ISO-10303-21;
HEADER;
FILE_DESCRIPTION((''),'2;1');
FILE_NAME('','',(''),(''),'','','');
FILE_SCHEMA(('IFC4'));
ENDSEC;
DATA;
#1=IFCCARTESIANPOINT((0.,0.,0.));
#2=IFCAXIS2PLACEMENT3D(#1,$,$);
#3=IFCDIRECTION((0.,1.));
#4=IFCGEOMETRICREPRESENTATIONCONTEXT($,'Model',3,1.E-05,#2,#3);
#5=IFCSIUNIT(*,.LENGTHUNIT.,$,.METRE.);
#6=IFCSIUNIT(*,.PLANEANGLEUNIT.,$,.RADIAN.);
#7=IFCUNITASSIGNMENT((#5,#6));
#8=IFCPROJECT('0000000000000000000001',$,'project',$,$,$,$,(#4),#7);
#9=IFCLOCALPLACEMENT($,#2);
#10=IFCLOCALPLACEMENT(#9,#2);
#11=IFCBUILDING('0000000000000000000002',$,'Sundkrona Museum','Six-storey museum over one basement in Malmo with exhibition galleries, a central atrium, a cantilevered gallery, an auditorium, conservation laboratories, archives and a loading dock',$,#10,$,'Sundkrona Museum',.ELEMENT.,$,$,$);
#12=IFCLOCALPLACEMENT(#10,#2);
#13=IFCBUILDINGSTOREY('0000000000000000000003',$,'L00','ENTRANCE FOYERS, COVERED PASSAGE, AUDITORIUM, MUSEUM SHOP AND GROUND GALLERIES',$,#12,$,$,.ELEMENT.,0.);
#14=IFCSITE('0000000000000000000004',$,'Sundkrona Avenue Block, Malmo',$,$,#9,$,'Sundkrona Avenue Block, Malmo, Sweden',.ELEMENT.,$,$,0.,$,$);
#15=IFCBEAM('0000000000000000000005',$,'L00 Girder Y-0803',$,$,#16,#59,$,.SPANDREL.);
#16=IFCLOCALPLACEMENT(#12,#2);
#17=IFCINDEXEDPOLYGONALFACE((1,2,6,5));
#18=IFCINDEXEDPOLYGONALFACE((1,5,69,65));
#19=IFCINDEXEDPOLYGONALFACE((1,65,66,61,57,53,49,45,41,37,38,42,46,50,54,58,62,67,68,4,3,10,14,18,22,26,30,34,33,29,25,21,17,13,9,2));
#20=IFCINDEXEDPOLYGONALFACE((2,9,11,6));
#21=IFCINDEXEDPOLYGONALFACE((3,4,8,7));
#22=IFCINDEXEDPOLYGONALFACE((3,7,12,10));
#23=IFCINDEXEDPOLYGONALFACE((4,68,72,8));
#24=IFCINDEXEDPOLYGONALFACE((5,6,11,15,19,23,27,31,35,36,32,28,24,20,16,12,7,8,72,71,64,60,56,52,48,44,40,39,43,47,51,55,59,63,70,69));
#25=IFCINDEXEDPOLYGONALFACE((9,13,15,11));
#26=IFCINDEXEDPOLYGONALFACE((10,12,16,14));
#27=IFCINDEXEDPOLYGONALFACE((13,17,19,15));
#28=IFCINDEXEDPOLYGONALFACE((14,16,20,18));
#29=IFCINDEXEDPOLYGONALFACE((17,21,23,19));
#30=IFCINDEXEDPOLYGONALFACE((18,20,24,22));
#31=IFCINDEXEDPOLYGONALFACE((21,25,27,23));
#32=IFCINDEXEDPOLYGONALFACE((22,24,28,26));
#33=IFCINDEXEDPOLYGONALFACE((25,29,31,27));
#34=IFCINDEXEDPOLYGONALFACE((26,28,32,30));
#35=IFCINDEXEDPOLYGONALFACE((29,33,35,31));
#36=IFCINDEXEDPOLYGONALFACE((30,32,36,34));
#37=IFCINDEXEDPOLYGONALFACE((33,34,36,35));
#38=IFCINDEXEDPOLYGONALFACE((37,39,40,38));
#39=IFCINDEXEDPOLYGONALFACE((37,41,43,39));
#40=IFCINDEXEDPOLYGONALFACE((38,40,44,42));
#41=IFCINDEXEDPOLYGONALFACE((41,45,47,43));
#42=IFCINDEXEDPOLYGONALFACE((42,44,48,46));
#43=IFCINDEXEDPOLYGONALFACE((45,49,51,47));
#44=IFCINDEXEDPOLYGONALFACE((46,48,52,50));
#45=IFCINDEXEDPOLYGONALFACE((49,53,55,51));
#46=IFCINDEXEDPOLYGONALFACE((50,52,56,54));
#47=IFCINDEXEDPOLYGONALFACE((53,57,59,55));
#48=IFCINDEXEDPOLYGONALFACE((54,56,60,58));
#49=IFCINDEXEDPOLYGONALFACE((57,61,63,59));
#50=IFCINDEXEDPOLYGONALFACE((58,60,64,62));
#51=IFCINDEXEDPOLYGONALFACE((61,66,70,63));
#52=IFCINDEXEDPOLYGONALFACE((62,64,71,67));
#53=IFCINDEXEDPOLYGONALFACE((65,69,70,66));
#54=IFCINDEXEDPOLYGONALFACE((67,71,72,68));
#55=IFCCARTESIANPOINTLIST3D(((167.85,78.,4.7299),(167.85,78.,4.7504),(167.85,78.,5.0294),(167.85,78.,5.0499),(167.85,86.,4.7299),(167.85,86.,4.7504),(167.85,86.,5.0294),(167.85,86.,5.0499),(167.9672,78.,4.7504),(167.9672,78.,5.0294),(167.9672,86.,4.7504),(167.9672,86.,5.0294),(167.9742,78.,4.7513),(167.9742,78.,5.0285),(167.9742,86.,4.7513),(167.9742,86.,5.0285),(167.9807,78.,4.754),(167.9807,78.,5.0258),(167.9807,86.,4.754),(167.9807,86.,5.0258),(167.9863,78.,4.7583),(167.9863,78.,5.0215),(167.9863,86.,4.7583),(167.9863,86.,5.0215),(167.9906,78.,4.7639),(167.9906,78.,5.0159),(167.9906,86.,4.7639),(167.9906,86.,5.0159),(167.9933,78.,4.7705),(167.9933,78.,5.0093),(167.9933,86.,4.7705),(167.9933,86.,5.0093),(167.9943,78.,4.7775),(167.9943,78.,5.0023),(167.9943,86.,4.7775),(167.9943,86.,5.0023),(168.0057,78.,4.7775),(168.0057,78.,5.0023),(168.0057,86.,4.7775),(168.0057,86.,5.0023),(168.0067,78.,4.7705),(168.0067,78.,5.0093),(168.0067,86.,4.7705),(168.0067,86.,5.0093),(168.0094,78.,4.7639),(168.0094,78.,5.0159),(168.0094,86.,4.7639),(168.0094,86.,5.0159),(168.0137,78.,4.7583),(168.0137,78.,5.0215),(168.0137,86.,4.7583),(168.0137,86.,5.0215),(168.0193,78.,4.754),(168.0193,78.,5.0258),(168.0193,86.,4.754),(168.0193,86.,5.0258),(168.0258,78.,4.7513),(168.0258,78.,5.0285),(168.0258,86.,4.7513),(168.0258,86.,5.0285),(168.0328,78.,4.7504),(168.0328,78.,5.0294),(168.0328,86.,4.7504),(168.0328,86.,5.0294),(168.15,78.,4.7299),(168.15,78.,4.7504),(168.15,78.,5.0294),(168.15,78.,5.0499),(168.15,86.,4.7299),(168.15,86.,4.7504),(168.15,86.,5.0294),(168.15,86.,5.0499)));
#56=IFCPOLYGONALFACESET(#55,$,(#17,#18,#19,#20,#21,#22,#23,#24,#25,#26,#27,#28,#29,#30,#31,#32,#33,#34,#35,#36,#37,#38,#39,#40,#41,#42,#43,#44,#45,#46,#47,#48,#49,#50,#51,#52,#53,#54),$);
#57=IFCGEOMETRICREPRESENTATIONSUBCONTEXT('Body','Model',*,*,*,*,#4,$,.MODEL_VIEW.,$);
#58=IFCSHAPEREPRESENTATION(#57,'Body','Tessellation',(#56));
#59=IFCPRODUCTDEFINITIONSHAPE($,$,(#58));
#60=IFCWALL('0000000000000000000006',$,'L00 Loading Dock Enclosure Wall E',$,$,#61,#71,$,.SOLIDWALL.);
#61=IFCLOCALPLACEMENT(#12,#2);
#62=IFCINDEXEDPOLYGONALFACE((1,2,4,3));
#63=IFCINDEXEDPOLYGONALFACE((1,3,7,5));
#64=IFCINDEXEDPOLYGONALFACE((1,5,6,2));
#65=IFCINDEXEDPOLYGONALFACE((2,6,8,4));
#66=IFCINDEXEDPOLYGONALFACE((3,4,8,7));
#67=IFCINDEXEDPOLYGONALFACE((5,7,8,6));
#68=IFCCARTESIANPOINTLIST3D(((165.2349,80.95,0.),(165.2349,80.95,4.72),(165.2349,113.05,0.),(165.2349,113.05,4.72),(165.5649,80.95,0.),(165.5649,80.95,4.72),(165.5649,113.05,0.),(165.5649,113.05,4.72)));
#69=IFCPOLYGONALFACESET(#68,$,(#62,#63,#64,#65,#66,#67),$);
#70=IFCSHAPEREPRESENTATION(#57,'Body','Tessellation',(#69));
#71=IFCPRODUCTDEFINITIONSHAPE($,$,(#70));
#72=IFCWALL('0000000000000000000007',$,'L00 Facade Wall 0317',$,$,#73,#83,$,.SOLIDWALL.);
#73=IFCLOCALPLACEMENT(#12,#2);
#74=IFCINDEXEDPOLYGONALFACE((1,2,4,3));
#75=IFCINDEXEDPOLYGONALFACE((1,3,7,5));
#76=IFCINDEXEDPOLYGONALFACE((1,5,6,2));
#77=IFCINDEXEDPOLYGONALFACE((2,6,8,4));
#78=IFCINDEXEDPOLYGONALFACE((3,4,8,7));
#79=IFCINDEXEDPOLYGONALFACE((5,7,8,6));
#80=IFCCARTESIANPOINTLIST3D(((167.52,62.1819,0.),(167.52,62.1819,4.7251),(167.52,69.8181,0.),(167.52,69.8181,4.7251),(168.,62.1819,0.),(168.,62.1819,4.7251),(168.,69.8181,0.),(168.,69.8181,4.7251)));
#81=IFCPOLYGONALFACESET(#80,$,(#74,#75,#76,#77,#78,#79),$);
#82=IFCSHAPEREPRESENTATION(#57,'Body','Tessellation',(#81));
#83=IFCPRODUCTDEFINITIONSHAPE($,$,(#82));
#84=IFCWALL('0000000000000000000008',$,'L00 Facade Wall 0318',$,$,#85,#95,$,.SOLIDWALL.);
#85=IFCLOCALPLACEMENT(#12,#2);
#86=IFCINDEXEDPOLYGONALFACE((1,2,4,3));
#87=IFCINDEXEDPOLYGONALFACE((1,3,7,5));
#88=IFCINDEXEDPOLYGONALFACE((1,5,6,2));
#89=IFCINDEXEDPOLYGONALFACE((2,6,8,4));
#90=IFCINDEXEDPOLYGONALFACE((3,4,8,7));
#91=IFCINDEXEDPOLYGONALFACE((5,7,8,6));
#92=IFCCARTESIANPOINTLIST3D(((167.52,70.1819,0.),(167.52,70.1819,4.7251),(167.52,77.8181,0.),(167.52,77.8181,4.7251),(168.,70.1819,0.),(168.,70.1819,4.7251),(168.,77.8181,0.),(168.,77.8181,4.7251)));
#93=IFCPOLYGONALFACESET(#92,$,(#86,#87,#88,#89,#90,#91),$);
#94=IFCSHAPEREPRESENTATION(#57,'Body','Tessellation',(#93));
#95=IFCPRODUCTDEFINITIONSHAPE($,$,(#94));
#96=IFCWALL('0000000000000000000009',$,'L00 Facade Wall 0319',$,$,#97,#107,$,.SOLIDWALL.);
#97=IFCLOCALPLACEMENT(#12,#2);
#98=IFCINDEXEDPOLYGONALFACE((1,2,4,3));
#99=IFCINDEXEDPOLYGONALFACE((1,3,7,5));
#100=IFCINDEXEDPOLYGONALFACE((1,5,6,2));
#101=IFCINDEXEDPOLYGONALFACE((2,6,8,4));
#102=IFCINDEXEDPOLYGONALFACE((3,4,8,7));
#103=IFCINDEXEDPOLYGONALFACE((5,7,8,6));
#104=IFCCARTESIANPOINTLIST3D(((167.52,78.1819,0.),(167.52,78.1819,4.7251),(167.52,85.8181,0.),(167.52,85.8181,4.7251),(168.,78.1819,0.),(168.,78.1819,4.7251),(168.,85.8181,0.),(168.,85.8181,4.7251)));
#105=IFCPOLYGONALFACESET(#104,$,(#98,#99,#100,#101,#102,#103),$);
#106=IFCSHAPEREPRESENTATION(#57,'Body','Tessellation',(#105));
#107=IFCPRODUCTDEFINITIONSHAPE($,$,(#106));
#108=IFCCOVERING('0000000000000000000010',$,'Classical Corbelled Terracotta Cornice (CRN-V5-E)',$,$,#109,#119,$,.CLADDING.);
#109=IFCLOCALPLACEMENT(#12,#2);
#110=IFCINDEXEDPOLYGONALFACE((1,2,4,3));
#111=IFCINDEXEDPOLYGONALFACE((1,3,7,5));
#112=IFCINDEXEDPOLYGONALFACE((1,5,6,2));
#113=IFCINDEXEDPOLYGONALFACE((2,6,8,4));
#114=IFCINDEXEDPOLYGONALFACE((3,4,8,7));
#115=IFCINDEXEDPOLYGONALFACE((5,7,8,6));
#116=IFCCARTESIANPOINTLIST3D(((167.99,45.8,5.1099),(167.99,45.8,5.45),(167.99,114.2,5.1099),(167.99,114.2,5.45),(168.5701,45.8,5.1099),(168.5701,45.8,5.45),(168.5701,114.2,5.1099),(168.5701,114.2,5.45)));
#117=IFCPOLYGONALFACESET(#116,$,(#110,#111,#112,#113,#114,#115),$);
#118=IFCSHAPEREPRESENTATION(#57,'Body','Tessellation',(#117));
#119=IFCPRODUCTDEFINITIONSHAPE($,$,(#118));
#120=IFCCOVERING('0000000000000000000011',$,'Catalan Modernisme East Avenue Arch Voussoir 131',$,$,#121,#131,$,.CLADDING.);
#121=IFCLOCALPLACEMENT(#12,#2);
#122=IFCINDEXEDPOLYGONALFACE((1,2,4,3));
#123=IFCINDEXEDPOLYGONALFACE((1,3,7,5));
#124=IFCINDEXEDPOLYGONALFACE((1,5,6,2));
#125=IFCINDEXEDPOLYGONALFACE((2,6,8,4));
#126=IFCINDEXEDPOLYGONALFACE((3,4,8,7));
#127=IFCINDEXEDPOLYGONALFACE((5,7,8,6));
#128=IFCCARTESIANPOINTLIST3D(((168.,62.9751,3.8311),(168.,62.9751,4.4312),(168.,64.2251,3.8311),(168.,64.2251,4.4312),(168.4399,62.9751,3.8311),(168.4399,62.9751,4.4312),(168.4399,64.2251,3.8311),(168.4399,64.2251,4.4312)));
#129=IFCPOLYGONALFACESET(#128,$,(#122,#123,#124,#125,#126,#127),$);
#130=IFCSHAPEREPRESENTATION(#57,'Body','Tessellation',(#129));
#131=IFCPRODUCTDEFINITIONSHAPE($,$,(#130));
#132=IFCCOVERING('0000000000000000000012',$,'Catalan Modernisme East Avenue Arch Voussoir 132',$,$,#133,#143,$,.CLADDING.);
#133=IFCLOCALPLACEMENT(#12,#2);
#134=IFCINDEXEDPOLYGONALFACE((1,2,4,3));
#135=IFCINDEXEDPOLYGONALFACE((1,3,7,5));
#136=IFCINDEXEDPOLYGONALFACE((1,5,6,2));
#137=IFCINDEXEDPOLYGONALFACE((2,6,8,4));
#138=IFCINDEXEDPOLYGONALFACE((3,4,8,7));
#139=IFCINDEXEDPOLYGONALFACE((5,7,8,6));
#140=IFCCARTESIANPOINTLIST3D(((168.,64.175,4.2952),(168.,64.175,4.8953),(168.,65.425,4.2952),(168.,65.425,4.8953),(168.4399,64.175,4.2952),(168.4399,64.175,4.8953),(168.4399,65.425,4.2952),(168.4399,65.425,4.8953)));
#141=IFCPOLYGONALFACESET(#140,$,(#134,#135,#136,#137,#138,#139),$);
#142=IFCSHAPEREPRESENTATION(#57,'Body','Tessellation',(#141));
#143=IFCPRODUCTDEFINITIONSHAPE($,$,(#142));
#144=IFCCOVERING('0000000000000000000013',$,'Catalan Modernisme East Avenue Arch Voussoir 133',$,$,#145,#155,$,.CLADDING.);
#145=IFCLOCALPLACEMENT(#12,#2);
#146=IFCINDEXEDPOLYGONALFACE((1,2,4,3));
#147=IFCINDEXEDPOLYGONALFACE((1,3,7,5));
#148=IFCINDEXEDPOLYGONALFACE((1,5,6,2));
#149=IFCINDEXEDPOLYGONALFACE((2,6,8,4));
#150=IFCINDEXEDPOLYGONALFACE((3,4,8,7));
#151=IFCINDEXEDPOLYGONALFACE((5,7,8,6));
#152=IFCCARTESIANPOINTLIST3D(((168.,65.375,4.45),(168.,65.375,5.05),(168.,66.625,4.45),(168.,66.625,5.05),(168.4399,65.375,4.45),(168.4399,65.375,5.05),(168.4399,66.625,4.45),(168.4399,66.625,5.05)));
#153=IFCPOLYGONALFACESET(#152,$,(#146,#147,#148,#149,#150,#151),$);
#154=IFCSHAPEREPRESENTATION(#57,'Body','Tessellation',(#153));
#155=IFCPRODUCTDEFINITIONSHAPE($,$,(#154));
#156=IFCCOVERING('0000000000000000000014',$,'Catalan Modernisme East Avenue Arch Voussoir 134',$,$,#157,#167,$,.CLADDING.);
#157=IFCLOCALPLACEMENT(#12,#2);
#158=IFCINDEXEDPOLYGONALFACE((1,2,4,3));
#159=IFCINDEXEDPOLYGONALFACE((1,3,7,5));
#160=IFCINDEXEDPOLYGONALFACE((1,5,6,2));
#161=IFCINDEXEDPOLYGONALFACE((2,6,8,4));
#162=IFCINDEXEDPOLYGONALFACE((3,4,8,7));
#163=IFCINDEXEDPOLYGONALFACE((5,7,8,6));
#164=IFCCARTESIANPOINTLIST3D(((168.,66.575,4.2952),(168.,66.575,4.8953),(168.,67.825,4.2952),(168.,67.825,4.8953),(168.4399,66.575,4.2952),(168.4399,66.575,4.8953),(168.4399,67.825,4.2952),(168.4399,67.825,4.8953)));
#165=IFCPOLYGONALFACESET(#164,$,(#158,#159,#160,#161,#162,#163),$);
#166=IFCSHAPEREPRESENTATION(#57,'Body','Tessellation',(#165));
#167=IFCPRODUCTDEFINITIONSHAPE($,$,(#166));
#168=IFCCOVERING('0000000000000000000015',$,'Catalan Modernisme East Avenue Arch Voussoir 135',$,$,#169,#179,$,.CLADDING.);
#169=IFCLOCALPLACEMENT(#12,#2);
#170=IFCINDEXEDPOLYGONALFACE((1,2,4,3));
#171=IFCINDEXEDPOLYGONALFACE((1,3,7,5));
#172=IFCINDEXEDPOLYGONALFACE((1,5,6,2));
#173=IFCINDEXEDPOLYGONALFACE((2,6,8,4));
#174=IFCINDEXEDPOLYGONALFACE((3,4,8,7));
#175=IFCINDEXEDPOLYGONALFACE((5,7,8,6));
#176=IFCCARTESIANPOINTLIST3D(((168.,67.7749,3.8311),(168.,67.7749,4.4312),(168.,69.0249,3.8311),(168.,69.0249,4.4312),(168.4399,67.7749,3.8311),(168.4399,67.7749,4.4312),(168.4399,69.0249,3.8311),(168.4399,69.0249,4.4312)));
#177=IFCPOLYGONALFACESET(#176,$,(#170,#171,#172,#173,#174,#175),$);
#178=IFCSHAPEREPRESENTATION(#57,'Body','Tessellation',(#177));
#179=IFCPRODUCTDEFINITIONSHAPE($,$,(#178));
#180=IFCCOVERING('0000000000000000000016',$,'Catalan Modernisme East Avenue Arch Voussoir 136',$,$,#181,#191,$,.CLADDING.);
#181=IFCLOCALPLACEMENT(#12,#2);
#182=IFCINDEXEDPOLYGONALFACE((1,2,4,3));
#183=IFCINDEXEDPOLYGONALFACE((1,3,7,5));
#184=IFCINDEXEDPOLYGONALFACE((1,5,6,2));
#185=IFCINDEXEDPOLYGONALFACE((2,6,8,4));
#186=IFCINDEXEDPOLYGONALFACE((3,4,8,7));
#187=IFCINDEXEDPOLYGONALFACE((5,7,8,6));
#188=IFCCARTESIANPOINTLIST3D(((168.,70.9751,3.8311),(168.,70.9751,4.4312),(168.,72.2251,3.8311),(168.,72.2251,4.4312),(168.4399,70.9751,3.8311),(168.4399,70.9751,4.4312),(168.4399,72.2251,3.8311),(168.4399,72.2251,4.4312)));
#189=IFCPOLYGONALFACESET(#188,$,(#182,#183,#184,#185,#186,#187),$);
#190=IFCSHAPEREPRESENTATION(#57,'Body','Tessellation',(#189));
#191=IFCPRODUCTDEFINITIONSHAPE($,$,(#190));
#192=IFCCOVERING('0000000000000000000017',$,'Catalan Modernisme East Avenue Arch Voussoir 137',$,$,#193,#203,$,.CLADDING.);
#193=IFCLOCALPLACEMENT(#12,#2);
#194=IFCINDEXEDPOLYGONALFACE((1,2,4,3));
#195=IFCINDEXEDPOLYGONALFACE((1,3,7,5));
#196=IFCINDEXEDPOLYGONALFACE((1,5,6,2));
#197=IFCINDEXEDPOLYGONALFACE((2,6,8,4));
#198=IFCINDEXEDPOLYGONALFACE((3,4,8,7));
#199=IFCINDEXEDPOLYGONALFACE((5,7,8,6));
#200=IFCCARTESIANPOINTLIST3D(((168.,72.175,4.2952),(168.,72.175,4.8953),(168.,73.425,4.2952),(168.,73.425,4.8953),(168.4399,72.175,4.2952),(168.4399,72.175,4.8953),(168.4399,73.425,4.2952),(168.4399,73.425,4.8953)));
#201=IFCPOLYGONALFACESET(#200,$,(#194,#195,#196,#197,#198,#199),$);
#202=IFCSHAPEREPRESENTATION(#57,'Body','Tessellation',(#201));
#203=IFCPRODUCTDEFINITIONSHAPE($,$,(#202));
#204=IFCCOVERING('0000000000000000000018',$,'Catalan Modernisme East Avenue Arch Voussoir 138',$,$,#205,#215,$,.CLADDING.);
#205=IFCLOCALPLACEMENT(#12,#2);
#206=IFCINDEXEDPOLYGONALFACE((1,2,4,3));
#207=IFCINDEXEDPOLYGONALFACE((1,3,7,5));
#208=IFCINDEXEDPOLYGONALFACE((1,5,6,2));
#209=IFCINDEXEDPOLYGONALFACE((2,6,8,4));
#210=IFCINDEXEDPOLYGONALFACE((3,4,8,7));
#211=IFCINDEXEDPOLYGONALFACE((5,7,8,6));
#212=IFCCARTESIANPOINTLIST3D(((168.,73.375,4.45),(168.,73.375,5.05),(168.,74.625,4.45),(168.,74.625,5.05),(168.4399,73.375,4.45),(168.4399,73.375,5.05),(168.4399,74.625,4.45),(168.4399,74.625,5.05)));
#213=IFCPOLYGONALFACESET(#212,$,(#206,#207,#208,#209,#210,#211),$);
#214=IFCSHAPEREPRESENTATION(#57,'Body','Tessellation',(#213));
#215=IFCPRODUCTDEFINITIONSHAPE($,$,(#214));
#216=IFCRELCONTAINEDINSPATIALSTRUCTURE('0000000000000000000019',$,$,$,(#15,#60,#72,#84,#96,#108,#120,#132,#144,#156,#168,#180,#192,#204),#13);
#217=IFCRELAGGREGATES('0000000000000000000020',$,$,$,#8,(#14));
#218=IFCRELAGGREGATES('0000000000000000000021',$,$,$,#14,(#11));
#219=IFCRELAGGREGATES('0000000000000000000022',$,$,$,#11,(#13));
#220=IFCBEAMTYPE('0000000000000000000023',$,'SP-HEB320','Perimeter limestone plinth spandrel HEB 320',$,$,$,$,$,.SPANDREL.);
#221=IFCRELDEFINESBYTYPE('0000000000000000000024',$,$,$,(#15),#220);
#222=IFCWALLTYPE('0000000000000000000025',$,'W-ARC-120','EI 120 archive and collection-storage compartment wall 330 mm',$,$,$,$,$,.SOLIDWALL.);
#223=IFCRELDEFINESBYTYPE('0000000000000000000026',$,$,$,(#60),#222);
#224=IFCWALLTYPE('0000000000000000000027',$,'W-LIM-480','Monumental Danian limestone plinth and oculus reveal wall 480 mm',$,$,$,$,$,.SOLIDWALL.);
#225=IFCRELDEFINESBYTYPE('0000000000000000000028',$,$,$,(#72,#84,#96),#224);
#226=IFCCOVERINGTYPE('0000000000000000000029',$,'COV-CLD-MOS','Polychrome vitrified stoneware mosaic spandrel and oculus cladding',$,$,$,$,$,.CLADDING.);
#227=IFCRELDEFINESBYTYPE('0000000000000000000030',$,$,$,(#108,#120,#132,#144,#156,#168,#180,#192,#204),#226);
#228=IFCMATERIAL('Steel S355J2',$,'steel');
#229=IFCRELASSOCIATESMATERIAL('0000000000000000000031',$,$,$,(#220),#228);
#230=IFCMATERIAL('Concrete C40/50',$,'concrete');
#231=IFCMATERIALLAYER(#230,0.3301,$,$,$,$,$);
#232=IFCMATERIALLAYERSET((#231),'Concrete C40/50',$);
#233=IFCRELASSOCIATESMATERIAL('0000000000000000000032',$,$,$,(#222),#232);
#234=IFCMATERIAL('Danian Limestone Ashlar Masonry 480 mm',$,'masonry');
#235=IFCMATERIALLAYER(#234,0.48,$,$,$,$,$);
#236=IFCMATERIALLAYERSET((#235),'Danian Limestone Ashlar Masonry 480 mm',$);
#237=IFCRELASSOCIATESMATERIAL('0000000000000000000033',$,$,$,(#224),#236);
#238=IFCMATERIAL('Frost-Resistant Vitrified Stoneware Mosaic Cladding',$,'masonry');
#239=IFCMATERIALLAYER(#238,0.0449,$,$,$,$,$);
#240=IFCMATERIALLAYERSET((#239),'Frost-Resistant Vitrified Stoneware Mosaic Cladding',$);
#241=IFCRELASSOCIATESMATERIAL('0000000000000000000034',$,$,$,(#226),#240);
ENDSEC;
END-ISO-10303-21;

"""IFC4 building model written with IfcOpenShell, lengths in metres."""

from ifc_helpers import new_model, si_unit, direction, frame, frame_2d, origin, origin_2d, place, context, subcontext, project, spatial, rectangle, i_section, extrude, material, layer, layer_set, material_profile, profile_set, type_object, element, save


model = new_model("IFC4")

# Units and contexts
model_context = context("Model", 3, precision=1e-05, world=origin(), true_north=direction((0.0, 1.0)))
body_context = subcontext(model_context, "Body", "Model", "MODEL_VIEW")
ifc_project = project(units=[si_unit("LENGTHUNIT", "METRE"), si_unit("PLANEANGLEUNIT", "RADIAN")], contexts=[model_context])

# Site, building, storey
site_placement = place(None, origin())
site = spatial("IfcSite", under=ifc_project, at=site_placement, Name="Sundkrona Avenue Block, Malmo", LongName="Sundkrona Avenue Block, Malmo, Sweden", CompositionType="ELEMENT", RefElevation=0.0)
building_placement = place(site_placement, origin())
building = spatial("IfcBuilding", under=site, at=building_placement, Name="Sundkrona Museum", Description="Six-storey museum over one basement in Malmo with exhibition galleries, a central atrium, a cantilevered gallery, an auditorium, conservation laboratories, archives and a loading dock", LongName="Sundkrona Museum", CompositionType="ELEMENT")
storey_placement = place(building_placement, origin())
storey = spatial("IfcBuildingStorey", under=building, at=storey_placement, Name="L00", Description="ENTRANCE FOYERS, COVERED PASSAGE, AUDITORIUM, MUSEUM SHOP AND GROUND GALLERIES", CompositionType="ELEMENT", Elevation=0.0)

# Shared definitions
ifc_material_1 = material(Name="Steel S355J2", Category="steel")

# Beam
ifc_material_profile_1 = material_profile(ifc_material_1, i_section(OverallWidth=0.3, OverallDepth=0.3201, WebThickness=0.0115, FlangeThickness=0.0205, FilletRadius=0.0271, at=origin_2d()), Name="HEB 320")
ifc_profile_set_1 = profile_set([ifc_material_profile_1], Name="Steel S355J2")
beam_type_1 = type_object("IfcBeamType", Name="SP-HEB320", Description="Perimeter limestone plinth spandrel HEB 320", PredefinedType="SPANDREL", material=ifc_profile_set_1)
for number, where, z_axis, x_axis, name in (
    (1, (168.0, 78.0, 4.8899), (0.0, 1.0, 0.0), (-1.0, 0.0, 0.0), "L00 Girder Y-0803"),
):
    element("IfcBeam", number, at=place(storey_placement, frame(where, z_axis=z_axis, x_axis=x_axis)), inside=storey, type_object=beam_type_1, Name=name, PredefinedType="SPANDREL", context=body_context, shape_type="SweptSolid", body=[
        extrude(i_section(OverallWidth=0.3, OverallDepth=0.3201, WebThickness=0.0115, FlangeThickness=0.0205, FilletRadius=0.0271, at=origin_2d()), origin(), (0.0, 0.0, 1.0), 8.0),
    ])

# Walls
ifc_material_2 = material(Name="Concrete C40/50", Category="concrete")
ifc_layer_1 = layer(ifc_material_2, 0.3301)
ifc_layer_set_1 = layer_set([ifc_layer_1], Name="Concrete C40/50")
wall_type_1 = type_object("IfcWallType", Name="W-ARC-120", Description="EI 120 archive and collection-storage compartment wall 330 mm", PredefinedType="SOLIDWALL", material=ifc_layer_set_1)
wall_placement = place(storey_placement, frame((165.3999, 80.95, 0.0), z_axis=(0.0, 0.0, 1.0), x_axis=(0.0, 1.0, 0.0)))
element("IfcWall", 2, at=wall_placement, inside=storey, type_object=wall_type_1, Name="L00 Loading Dock Enclosure Wall E", PredefinedType="SOLIDWALL", context=body_context, shape_type="SweptSolid", body=[
    extrude(rectangle(XDim=32.1001, YDim=0.3301, at=frame_2d((16.05, 0.0))), origin(), (0.0, 0.0, 1.0), 4.72),
])
ifc_material_3 = material(Name="Danian Limestone Ashlar Masonry 480 mm", Category="masonry")
ifc_layer_2 = layer(ifc_material_3, 0.48)
ifc_layer_set_2 = layer_set([ifc_layer_2], Name="Danian Limestone Ashlar Masonry 480 mm")
wall_type_2 = type_object("IfcWallType", Name="W-LIM-480", Description="Monumental Danian limestone plinth and oculus reveal wall 480 mm", PredefinedType="SOLIDWALL", material=ifc_layer_set_2)
for number, where, z_axis, x_axis, name in (
    (3, (167.76, 69.8181, 0.0), (0.0, 0.0, 1.0), (0.0, -1.0, 0.0), "L00 Facade Wall 0317"),
    (4, (167.76, 77.8181, 0.0), (0.0, 0.0, 1.0), (0.0, -1.0, 0.0), "L00 Facade Wall 0318"),
    (5, (167.76, 85.8181, 0.0), (0.0, 0.0, 1.0), (0.0, -1.0, 0.0), "L00 Facade Wall 0319"),
):
    element("IfcWall", number, at=place(storey_placement, frame(where, z_axis=z_axis, x_axis=x_axis)), inside=storey, type_object=wall_type_2, Name=name, PredefinedType="SOLIDWALL", context=body_context, shape_type="SweptSolid", body=[
        extrude(rectangle(XDim=7.6362, YDim=0.48, at=frame_2d((3.8181, 0.0))), origin(), (0.0, 0.0, 1.0), 4.7251),
    ])

# Coverings
ifc_material_4 = material(Name="Frost-Resistant Vitrified Stoneware Mosaic Cladding", Category="masonry")
ifc_layer_3 = layer(ifc_material_4, 0.0449)
ifc_layer_set_3 = layer_set([ifc_layer_3], Name="Frost-Resistant Vitrified Stoneware Mosaic Cladding")
covering_type = type_object("IfcCoveringType", Name="COV-CLD-MOS", Description="Polychrome vitrified stoneware mosaic spandrel and oculus cladding", PredefinedType="CLADDING", material=ifc_layer_set_3)
covering_placement = place(storey_placement, frame((168.28, 80.0, 5.1099), z_axis=(0.0, 0.0, 1.0), x_axis=(1.0, 0.0, 0.0)))
element("IfcCovering", 6, at=covering_placement, inside=storey, type_object=covering_type, Name="Classical Corbelled Terracotta Cornice (CRN-V5-E)", PredefinedType="CLADDING", context=body_context, shape_type="SweptSolid", body=[
    extrude(rectangle(XDim=0.5801, YDim=68.3999, at=origin_2d()), origin(), (0.0, 0.0, 1.0), 0.3401),
])
for number, where, z_axis, x_axis, name in (
    (7, (168.22, 63.6001, 3.8311), (0.0, 0.0, 1.0), (1.0, 0.0, 0.0), "Catalan Modernisme East Avenue Arch Voussoir 131"),
    (8, (168.22, 64.8, 4.2952), (0.0, 0.0, 1.0), (1.0, 0.0, 0.0), "Catalan Modernisme East Avenue Arch Voussoir 132"),
    (9, (168.22, 66.0, 4.45), (0.0, 0.0, 1.0), (1.0, 0.0, 0.0), "Catalan Modernisme East Avenue Arch Voussoir 133"),
    (10, (168.22, 67.2, 4.2952), (0.0, 0.0, 1.0), (1.0, 0.0, 0.0), "Catalan Modernisme East Avenue Arch Voussoir 134"),
    (11, (168.22, 68.3999, 3.8311), (0.0, 0.0, 1.0), (1.0, 0.0, 0.0), "Catalan Modernisme East Avenue Arch Voussoir 135"),
    (12, (168.22, 71.6001, 3.8311), (0.0, 0.0, 1.0), (1.0, 0.0, 0.0), "Catalan Modernisme East Avenue Arch Voussoir 136"),
    (13, (168.22, 72.8, 4.2952), (0.0, 0.0, 1.0), (1.0, 0.0, 0.0), "Catalan Modernisme East Avenue Arch Voussoir 137"),
    (14, (168.22, 74.0, 4.45), (0.0, 0.0, 1.0), (1.0, 0.0, 0.0), "Catalan Modernisme East Avenue Arch Voussoir 138"),
):
    element("IfcCovering", number, at=place(storey_placement, frame(where, z_axis=z_axis, x_axis=x_axis)), inside=storey, type_object=covering_type, Name=name, PredefinedType="CLADDING", context=body_context, shape_type="SweptSolid", body=[
        extrude(rectangle(XDim=0.4399, YDim=1.25, at=origin_2d()), origin(), (0.0, 0.0, 1.0), 0.6001),
    ])

save(model, "model.ifc")
